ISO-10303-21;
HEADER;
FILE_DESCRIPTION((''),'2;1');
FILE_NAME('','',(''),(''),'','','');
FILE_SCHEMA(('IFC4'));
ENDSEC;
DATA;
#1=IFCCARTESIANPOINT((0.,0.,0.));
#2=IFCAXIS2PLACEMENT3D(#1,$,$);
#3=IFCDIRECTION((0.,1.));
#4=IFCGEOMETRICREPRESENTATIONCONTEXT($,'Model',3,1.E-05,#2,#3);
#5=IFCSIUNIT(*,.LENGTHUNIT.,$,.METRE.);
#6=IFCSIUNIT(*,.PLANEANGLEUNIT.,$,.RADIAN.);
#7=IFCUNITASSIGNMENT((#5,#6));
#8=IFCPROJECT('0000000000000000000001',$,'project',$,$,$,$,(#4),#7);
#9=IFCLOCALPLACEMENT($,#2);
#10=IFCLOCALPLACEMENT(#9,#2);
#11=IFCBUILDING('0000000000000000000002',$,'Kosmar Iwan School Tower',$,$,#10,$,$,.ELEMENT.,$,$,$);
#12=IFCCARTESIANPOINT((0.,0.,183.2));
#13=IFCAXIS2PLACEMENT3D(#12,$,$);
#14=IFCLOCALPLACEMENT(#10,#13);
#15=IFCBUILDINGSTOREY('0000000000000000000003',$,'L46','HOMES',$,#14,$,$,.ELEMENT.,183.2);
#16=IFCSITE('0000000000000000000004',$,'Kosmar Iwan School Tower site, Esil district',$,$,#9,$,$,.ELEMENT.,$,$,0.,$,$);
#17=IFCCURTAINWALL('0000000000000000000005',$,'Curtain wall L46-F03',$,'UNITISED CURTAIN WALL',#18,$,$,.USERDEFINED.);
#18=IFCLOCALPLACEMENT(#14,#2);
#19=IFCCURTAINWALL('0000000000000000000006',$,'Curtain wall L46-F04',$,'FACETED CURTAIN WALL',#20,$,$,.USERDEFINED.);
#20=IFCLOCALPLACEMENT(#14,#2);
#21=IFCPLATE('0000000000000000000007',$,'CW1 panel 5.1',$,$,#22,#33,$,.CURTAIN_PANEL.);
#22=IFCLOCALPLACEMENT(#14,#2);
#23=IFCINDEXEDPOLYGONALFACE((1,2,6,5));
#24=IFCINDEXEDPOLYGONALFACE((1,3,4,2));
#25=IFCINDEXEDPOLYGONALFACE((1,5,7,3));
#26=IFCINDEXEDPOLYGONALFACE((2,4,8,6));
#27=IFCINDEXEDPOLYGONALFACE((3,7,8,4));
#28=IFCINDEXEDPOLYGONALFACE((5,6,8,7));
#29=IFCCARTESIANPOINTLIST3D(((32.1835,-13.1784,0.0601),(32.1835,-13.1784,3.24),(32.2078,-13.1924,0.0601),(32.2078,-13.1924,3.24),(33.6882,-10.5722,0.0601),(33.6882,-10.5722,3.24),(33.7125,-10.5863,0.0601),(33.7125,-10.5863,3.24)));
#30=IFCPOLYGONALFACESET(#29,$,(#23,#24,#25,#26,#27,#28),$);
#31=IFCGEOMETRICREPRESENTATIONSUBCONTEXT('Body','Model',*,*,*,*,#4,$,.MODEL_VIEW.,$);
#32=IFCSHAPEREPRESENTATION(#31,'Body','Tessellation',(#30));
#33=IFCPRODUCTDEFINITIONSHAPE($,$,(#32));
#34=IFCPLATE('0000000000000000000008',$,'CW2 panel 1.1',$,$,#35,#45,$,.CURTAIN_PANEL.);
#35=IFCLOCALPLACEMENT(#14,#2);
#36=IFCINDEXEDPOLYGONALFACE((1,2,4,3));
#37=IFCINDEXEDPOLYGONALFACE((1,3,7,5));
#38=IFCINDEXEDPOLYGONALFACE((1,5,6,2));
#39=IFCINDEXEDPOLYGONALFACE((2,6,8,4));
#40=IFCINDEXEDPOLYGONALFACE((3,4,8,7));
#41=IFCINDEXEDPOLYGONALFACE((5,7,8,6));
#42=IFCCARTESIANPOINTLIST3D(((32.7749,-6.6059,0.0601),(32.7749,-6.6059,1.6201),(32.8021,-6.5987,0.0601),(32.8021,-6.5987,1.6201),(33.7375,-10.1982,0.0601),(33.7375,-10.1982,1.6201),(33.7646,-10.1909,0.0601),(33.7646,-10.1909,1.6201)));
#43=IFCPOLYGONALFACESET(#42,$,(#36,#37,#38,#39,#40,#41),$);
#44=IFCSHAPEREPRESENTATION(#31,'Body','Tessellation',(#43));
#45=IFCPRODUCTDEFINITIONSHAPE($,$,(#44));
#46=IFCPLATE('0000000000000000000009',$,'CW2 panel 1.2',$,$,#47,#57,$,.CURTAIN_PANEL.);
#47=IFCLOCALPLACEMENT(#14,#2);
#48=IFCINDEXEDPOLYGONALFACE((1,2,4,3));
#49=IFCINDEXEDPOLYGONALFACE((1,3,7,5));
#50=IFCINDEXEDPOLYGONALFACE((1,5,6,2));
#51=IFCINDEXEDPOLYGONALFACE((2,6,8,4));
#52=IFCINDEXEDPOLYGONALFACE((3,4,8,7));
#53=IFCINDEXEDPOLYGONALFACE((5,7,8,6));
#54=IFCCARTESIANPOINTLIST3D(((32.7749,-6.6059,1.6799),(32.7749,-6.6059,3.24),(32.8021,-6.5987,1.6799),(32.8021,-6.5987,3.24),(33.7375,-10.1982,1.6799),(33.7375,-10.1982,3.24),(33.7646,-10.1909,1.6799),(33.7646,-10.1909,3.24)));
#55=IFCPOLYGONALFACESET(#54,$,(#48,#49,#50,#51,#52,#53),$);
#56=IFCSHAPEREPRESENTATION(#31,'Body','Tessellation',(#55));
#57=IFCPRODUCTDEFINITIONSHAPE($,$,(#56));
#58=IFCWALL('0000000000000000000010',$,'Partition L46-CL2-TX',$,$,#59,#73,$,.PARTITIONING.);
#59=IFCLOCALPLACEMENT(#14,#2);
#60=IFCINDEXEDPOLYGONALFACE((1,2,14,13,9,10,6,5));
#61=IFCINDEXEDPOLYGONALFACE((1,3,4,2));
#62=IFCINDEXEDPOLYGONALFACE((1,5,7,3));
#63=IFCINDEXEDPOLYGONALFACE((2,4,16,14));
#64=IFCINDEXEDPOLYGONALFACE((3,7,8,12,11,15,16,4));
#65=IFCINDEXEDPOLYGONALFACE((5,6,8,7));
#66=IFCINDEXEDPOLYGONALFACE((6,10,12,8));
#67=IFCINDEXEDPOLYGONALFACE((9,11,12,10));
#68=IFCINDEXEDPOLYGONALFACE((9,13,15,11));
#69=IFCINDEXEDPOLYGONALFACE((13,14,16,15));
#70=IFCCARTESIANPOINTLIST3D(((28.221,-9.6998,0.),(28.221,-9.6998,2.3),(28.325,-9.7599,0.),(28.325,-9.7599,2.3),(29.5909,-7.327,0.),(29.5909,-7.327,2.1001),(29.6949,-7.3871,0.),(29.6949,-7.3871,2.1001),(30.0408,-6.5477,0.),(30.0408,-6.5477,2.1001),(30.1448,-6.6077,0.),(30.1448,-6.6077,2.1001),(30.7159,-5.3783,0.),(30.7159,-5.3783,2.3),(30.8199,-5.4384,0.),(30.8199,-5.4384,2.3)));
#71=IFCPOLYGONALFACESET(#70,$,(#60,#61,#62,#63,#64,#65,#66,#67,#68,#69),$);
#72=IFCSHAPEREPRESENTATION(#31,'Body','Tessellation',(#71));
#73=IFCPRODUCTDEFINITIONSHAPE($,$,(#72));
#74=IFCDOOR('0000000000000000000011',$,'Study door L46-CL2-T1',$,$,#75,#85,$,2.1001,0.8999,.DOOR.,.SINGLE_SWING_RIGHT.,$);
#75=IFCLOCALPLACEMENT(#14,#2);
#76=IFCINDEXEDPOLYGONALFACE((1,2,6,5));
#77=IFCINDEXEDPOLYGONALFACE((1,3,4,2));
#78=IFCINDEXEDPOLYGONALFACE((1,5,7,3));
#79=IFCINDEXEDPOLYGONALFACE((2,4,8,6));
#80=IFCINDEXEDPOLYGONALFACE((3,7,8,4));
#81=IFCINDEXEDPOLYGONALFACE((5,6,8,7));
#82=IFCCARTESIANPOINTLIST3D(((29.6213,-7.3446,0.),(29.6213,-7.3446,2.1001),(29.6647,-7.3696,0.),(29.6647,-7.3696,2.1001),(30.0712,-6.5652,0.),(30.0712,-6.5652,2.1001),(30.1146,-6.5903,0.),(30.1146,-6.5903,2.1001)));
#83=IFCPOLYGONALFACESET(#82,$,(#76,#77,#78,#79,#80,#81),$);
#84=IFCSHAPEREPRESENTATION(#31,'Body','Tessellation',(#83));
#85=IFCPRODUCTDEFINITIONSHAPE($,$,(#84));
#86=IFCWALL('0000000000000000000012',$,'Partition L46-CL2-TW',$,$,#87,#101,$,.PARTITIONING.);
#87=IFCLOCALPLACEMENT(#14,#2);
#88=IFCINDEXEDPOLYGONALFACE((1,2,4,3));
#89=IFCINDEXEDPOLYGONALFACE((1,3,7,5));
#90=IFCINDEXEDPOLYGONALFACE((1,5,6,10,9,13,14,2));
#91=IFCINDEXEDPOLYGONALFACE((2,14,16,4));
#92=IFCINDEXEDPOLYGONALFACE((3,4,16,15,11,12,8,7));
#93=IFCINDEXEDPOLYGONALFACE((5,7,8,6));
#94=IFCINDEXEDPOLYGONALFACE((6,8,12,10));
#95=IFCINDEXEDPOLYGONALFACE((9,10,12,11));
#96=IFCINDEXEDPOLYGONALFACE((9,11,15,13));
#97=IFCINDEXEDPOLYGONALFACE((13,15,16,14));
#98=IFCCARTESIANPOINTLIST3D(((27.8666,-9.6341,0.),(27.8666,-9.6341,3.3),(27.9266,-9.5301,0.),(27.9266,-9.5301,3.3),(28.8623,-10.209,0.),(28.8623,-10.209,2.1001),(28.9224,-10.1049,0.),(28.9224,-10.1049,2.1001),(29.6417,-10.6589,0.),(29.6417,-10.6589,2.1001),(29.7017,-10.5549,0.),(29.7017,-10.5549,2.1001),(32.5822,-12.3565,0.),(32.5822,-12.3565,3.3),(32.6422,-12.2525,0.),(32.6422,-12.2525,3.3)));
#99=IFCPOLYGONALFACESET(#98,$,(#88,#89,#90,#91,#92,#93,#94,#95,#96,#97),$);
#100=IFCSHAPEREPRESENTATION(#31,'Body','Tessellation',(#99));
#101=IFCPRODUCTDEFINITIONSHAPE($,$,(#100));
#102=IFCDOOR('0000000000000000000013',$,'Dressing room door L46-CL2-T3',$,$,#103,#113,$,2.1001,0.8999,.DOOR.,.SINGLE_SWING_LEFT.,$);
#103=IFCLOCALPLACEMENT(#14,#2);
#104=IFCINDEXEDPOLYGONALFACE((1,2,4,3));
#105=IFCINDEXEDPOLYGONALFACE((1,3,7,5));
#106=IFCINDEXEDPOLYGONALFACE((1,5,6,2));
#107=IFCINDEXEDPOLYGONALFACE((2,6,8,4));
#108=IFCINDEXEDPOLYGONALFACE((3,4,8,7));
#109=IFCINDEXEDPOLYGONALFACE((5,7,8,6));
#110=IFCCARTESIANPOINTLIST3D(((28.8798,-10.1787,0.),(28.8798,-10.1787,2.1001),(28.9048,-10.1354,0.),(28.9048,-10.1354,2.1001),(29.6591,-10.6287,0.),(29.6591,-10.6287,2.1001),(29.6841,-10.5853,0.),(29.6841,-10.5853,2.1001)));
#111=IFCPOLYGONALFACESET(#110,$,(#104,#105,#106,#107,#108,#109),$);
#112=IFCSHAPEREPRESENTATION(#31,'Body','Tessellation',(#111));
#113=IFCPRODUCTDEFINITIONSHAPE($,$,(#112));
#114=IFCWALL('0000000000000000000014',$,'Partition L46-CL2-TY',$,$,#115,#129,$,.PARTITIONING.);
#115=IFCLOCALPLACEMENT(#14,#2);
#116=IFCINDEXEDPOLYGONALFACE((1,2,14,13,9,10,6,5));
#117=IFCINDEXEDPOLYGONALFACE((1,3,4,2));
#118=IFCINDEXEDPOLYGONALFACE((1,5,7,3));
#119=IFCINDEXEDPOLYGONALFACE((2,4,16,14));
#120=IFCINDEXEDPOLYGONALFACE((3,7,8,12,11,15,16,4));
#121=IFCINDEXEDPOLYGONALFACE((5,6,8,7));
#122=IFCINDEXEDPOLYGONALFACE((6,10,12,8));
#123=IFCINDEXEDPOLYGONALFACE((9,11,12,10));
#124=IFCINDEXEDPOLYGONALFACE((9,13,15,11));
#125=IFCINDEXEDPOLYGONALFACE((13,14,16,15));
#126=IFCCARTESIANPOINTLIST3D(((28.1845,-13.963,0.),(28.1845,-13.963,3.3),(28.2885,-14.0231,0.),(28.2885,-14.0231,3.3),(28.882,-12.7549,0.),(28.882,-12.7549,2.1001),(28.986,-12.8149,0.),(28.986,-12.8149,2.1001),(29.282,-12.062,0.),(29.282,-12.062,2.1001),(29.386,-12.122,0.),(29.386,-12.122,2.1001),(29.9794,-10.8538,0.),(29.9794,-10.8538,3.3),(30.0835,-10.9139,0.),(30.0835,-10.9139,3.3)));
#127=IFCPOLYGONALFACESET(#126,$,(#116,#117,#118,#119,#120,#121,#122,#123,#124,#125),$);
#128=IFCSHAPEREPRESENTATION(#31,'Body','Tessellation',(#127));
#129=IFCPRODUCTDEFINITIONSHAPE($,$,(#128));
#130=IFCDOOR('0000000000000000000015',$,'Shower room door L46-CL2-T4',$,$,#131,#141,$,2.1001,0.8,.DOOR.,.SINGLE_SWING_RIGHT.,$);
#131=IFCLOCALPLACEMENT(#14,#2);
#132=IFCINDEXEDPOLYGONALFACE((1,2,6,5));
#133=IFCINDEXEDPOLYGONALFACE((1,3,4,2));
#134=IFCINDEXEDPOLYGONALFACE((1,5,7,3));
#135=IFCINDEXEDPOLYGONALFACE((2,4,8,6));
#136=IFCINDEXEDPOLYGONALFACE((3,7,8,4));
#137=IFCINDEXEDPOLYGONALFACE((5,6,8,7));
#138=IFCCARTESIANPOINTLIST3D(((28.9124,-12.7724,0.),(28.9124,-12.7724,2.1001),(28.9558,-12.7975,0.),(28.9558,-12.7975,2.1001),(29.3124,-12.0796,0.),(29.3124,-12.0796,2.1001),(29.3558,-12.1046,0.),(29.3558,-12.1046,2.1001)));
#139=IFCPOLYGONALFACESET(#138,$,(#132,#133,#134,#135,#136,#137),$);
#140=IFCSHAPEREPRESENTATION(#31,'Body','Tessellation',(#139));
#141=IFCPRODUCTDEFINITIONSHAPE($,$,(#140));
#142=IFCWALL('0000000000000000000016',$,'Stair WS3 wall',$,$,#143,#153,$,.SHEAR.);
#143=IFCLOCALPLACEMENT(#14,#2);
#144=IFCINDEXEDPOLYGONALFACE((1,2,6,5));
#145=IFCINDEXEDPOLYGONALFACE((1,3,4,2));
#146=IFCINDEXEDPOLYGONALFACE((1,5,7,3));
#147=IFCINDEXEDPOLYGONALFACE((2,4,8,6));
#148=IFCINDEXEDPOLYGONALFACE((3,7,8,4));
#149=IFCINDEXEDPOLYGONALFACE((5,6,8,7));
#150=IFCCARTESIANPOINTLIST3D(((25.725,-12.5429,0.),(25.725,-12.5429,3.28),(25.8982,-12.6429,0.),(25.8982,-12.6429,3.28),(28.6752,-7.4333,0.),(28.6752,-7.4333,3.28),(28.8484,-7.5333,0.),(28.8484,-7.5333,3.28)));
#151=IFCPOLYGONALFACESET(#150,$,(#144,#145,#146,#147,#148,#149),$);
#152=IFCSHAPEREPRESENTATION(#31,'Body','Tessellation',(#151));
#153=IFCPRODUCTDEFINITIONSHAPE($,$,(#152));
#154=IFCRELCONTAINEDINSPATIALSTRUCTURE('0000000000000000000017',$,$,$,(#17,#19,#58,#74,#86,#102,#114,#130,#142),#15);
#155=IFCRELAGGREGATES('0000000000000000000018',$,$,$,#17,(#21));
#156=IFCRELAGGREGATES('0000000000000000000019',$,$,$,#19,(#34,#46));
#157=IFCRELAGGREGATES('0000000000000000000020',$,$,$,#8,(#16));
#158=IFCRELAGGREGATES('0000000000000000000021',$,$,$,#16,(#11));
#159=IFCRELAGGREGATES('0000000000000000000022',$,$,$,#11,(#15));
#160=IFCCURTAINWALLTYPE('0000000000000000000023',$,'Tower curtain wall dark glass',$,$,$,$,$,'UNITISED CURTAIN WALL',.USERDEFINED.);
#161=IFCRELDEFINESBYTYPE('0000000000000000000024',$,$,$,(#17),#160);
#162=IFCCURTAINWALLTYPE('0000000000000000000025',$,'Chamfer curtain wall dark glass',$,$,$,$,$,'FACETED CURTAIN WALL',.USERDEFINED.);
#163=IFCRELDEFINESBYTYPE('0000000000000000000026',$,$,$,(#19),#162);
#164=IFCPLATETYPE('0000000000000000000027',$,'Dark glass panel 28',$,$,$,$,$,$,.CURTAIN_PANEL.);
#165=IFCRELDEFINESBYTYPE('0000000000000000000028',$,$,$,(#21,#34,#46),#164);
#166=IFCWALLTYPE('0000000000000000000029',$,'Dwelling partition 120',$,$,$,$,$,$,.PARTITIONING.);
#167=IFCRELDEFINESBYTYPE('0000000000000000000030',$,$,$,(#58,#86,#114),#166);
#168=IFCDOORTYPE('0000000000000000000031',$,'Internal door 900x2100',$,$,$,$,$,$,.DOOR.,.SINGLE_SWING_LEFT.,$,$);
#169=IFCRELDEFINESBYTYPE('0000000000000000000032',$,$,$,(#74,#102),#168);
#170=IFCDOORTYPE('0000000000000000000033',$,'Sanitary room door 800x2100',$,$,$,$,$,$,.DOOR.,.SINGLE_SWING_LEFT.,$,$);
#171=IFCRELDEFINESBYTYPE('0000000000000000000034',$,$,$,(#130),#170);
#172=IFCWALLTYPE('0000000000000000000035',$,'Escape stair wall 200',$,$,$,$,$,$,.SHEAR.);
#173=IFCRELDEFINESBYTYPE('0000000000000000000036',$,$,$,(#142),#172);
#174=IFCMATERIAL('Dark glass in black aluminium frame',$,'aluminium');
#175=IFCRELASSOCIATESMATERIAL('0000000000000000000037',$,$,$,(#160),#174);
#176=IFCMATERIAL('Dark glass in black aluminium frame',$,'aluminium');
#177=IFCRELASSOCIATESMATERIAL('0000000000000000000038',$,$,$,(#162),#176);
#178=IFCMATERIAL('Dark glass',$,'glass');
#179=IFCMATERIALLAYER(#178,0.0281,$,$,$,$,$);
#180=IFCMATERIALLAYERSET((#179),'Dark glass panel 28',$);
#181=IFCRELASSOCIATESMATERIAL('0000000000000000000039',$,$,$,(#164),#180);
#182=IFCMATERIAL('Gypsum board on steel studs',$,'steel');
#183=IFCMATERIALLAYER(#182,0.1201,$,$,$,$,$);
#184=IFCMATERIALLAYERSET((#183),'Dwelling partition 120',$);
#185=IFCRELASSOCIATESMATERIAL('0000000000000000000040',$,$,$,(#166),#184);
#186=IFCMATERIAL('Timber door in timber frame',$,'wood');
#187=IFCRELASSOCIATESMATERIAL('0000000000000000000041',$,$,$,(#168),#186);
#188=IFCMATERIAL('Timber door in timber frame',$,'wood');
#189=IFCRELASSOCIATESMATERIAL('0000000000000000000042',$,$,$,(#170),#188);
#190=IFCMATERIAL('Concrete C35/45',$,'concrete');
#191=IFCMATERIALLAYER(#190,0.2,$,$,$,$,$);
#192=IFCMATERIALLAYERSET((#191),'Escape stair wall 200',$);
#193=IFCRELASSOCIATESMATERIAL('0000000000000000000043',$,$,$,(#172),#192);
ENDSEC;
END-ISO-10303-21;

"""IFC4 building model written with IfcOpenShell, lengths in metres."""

from ifc_helpers import new_model, si_unit, direction, frame, frame_2d, origin, origin_2d, place, context, subcontext, project, spatial, rectangle, extrude, material, layer, layer_set, type_object, element, fill, aggregate, save


model = new_model("IFC4")

# Units and contexts
model_context = context("Model", 3, precision=1e-05, world=origin(), true_north=direction((0.0, 1.0)))
body_context = subcontext(model_context, "Body", "Model", "MODEL_VIEW")
ifc_project = project(units=[si_unit("LENGTHUNIT", "METRE"), si_unit("PLANEANGLEUNIT", "RADIAN")], contexts=[model_context])

# Site, building, storey
site_placement = place(None, origin())
site = spatial("IfcSite", under=ifc_project, at=site_placement, Name="Kosmar Iwan School Tower site, Esil district", CompositionType="ELEMENT", RefElevation=0.0)
building_placement = place(site_placement, origin())
building = spatial("IfcBuilding", under=site, at=building_placement, Name="Kosmar Iwan School Tower", CompositionType="ELEMENT")
storey_placement = place(building_placement, frame((0.0, 0.0, 183.2)))
storey = spatial("IfcBuildingStorey", under=building, at=storey_placement, Name="L46", Description="HOMES", CompositionType="ELEMENT", Elevation=183.2)

# Curtain wall
ifc_material_1 = material(Name="Dark glass in black aluminium frame", Category="aluminium")
curtain_wall_type_1 = type_object("IfcCurtainWallType", Name="Tower curtain wall dark glass", ElementType="UNITISED CURTAIN WALL", PredefinedType="USERDEFINED", material=ifc_material_1)
curtain_wall_1_placement = place(storey_placement, origin())
curtain_wall_1 = element("IfcCurtainWall", 1, at=curtain_wall_1_placement, inside=storey, type_object=curtain_wall_type_1, Name="Curtain wall L46-F03", ObjectType="UNITISED CURTAIN WALL", PredefinedType="USERDEFINED")

# Curtain wall
ifc_material_2 = material(Name="Dark glass in black aluminium frame", Category="aluminium")
curtain_wall_type_2 = type_object("IfcCurtainWallType", Name="Chamfer curtain wall dark glass", ElementType="FACETED CURTAIN WALL", PredefinedType="USERDEFINED", material=ifc_material_2)
curtain_wall_2_placement = place(storey_placement, origin())
curtain_wall_2 = element("IfcCurtainWall", 2, at=curtain_wall_2_placement, inside=storey, type_object=curtain_wall_type_2, Name="Curtain wall L46-F04", ObjectType="FACETED CURTAIN WALL", PredefinedType="USERDEFINED")

# Plates
ifc_material_3 = material(Name="Dark glass", Category="glass")
ifc_layer_1 = layer(ifc_material_3, 0.0281)
ifc_layer_set_1 = layer_set([ifc_layer_1], Name="Dark glass panel 28")
plate_type = type_object("IfcPlateType", Name="Dark glass panel 28", PredefinedType="CURTAIN_PANEL", material=ifc_layer_set_1)
plate_1_placement = place(storey_placement, frame((32.948, -11.8823, 0.0601), z_axis=(0.0, 0.0, 1.0), x_axis=(0.5, 0.866025, 0.0)))
plate_1 = element("IfcPlate", 3, at=plate_1_placement, type_object=plate_type, Name="CW1 panel 5.1", PredefinedType="CURTAIN_PANEL", context=body_context, shape_type="SweptSolid", body=[
    extrude(rectangle(XDim=3.0093, YDim=0.0281, at=origin_2d()), origin(), (0.0, 0.0, 1.0), 3.1799),
])
aggregate(curtain_wall_1, [plate_1])
plate_2_placement = place(storey_placement, frame((33.2698, -8.3984, 0.0601), z_axis=(0.0, 0.0, 1.0), x_axis=(-0.258819, 0.965926, 0.0)))
plate_2 = element("IfcPlate", 4, at=plate_2_placement, type_object=plate_type, Name="CW2 panel 1.1", PredefinedType="CURTAIN_PANEL", context=body_context, shape_type="SweptSolid", body=[
    extrude(rectangle(XDim=3.719, YDim=0.0281, at=origin_2d()), origin(), (0.0, 0.0, 1.0), 1.5601),
])
plate_3_placement = place(storey_placement, frame((33.2698, -8.3984, 1.6799), z_axis=(0.0, 0.0, 1.0), x_axis=(-0.258819, 0.965926, 0.0)))
plate_3 = element("IfcPlate", 5, at=plate_3_placement, type_object=plate_type, Name="CW2 panel 1.2", PredefinedType="CURTAIN_PANEL", context=body_context, shape_type="SweptSolid", body=[
    extrude(rectangle(XDim=3.719, YDim=0.0281, at=origin_2d()), origin(), (0.0, 0.0, 1.0), 1.5601),
])
aggregate(curtain_wall_2, [plate_2, plate_3])

# Walls, openings, doors
ifc_material_4 = material(Name="Gypsum board on steel studs", Category="steel")
ifc_layer_2 = layer(ifc_material_4, 0.1201)
ifc_layer_set_2 = layer_set([ifc_layer_2], Name="Dwelling partition 120")
wall_type_1 = type_object("IfcWallType", Name="Dwelling partition 120", PredefinedType="PARTITIONING", material=ifc_layer_set_2)
wall_1_placement = place(storey_placement, frame((28.2729, -9.73, 0.0), z_axis=(0.0, 0.0, 1.0), x_axis=(0.499975, 0.86604, 0.0)))
wall_1 = element("IfcWall", 6, at=wall_1_placement, inside=storey, type_object=wall_type_1, Name="Partition L46-CL2-TX", PredefinedType="PARTITIONING", context=body_context, shape_type="SweptSolid", body=[
    extrude(rectangle(XDim=4.99, YDim=0.1201, at=frame_2d((2.4951, 0.0))), origin(), (0.0, 0.0, 1.0), 2.3),
])
opening_1_placement = place(wall_1_placement, frame((2.74, 0.0, 0.0)))
opening_1 = element("IfcOpeningElement", 7, at=opening_1_placement, cuts=wall_1, PredefinedType="OPENING", context=body_context, shape_type="SweptSolid", body=[
    extrude(rectangle(XDim=0.8999, YDim=2.1001, at=frame_2d((0.45, 1.05))), frame((0.0, 0.072, 0.0), z_axis=(0.0, -1.0, 0.0), x_axis=(1.0, 0.0, 0.0)), (0.0, 0.0, 1.0), 0.144),
])
ifc_material_5 = material(Name="Timber door in timber frame", Category="wood")
door_type_1 = type_object("IfcDoorType", Name="Internal door 900x2100", OperationType="SINGLE_SWING_LEFT", PredefinedType="DOOR", material=ifc_material_5)
door_1_placement = place(opening_1_placement, origin())
door_1 = element("IfcDoor", 8, at=door_1_placement, inside=storey, type_object=door_type_1, Name="Study door L46-CL2-T1", OperationType="SINGLE_SWING_RIGHT", OverallHeight=2.1001, OverallWidth=0.8999, PredefinedType="DOOR", context=body_context, shape_type="SweptSolid", body=[
    extrude(rectangle(XDim=0.8999, YDim=2.1001, at=frame_2d((0.45, 1.05))), frame((0.0, 0.0249, 0.0), z_axis=(0.0, -1.0, 0.0), x_axis=(1.0, 0.0, 0.0)), (0.0, 0.0, 1.0), 0.05),
])
fill(opening_1, door_1)
wall_2_placement = place(storey_placement, frame((27.8965, -9.582, 0.0), z_axis=(0.0, 0.0, 1.0), x_axis=(0.866036, -0.499982, 0.0)))
wall_2 = element("IfcWall", 9, at=wall_2_placement, inside=storey, type_object=wall_type_1, Name="Partition L46-CL2-TW", PredefinedType="PARTITIONING", context=body_context, shape_type="SweptSolid", body=[
    extrude(rectangle(XDim=5.4451, YDim=0.1201, at=frame_2d((2.7227, 0.0))), origin(), (0.0, 0.0, 1.0), 3.3),
])
opening_2_placement = place(wall_2_placement, frame((1.1499, 0.0, 0.0)))
opening_2 = element("IfcOpeningElement", 10, at=opening_2_placement, cuts=wall_2, PredefinedType="OPENING", context=body_context, shape_type="SweptSolid", body=[
    extrude(rectangle(XDim=0.8999, YDim=2.1001, at=frame_2d((0.45, 1.05))), frame((0.0, 0.072, 0.0), z_axis=(0.0, -1.0, 0.0), x_axis=(1.0, 0.0, 0.0)), (0.0, 0.0, 1.0), 0.144),
])
door_2_placement = place(opening_2_placement, origin())
door_2 = element("IfcDoor", 11, at=door_2_placement, inside=storey, type_object=door_type_1, Name="Dressing room door L46-CL2-T3", OperationType="SINGLE_SWING_LEFT", OverallHeight=2.1001, OverallWidth=0.8999, PredefinedType="DOOR", context=body_context, shape_type="SweptSolid", body=[
    extrude(rectangle(XDim=0.8999, YDim=2.1001, at=frame_2d((0.45, 1.05))), frame((0.0, 0.0249, 0.0), z_axis=(0.0, -1.0, 0.0), x_axis=(1.0, 0.0, 0.0)), (0.0, 0.0, 1.0), 0.05),
])
fill(opening_2, door_2)
wall_3_placement = place(storey_placement, frame((28.2366, -13.9929, 0.0), z_axis=(0.0, 0.0, 1.0), x_axis=(0.499972, 0.866042, 0.0)))
wall_3 = element("IfcWall", 12, at=wall_3_placement, inside=storey, type_object=wall_type_1, Name="Partition L46-CL2-TY", PredefinedType="PARTITIONING", context=body_context, shape_type="SweptSolid", body=[
    extrude(rectangle(XDim=3.5901, YDim=0.1201, at=frame_2d((1.7949, 0.0))), origin(), (0.0, 0.0, 1.0), 3.3),
])
opening_3_placement = place(wall_3_placement, frame((1.395, 0.0, 0.0)))
opening_3 = element("IfcOpeningElement", 13, at=opening_3_placement, cuts=wall_3, PredefinedType="OPENING", context=body_context, shape_type="SweptSolid", body=[
    extrude(rectangle(XDim=0.8, YDim=2.1001, at=frame_2d((0.3999, 1.05))), frame((0.0, 0.072, 0.0), z_axis=(0.0, -1.0, 0.0), x_axis=(1.0, 0.0, 0.0)), (0.0, 0.0, 1.0), 0.144),
])
ifc_material_6 = material(Name="Timber door in timber frame", Category="wood")
door_type_2 = type_object("IfcDoorType", Name="Sanitary room door 800x2100", OperationType="SINGLE_SWING_LEFT", PredefinedType="DOOR", material=ifc_material_6)
door_3_placement = place(opening_3_placement, origin())
door_3 = element("IfcDoor", 14, at=door_3_placement, inside=storey, type_object=door_type_2, Name="Shower room door L46-CL2-T4", OperationType="SINGLE_SWING_RIGHT", OverallHeight=2.1001, OverallWidth=0.8, PredefinedType="DOOR", context=body_context, shape_type="SweptSolid", body=[
    extrude(rectangle(XDim=0.8, YDim=2.1001, at=frame_2d((0.3999, 1.05))), frame((0.0, 0.0249, 0.0), z_axis=(0.0, -1.0, 0.0), x_axis=(1.0, 0.0, 0.0)), (0.0, 0.0, 1.0), 0.05),
])
fill(opening_3, door_3)

# Wall
ifc_material_7 = material(Name="Concrete C35/45", Category="concrete")
ifc_layer_3 = layer(ifc_material_7, 0.2)
ifc_layer_set_3 = layer_set([ifc_layer_3], Name="Escape stair wall 200")
wall_type_2 = type_object("IfcWallType", Name="Escape stair wall 200", PredefinedType="SHEAR", material=ifc_layer_set_3)
wall_4_placement = place(storey_placement, frame((25.8115, -12.593, 0.0), z_axis=(0.0, 0.0, 1.0), x_axis=(0.50002, 0.866014, 0.0)))
element("IfcWall", 15, at=wall_4_placement, inside=storey, type_object=wall_type_2, Name="Stair WS3 wall", PredefinedType="SHEAR", context=body_context, shape_type="SweptSolid", body=[
    extrude(rectangle(XDim=5.9001, YDim=0.2, at=frame_2d((2.9502, 0.0))), origin(), (0.0, 0.0, 1.0), 3.28),
])

save(model, "model.ifc")
